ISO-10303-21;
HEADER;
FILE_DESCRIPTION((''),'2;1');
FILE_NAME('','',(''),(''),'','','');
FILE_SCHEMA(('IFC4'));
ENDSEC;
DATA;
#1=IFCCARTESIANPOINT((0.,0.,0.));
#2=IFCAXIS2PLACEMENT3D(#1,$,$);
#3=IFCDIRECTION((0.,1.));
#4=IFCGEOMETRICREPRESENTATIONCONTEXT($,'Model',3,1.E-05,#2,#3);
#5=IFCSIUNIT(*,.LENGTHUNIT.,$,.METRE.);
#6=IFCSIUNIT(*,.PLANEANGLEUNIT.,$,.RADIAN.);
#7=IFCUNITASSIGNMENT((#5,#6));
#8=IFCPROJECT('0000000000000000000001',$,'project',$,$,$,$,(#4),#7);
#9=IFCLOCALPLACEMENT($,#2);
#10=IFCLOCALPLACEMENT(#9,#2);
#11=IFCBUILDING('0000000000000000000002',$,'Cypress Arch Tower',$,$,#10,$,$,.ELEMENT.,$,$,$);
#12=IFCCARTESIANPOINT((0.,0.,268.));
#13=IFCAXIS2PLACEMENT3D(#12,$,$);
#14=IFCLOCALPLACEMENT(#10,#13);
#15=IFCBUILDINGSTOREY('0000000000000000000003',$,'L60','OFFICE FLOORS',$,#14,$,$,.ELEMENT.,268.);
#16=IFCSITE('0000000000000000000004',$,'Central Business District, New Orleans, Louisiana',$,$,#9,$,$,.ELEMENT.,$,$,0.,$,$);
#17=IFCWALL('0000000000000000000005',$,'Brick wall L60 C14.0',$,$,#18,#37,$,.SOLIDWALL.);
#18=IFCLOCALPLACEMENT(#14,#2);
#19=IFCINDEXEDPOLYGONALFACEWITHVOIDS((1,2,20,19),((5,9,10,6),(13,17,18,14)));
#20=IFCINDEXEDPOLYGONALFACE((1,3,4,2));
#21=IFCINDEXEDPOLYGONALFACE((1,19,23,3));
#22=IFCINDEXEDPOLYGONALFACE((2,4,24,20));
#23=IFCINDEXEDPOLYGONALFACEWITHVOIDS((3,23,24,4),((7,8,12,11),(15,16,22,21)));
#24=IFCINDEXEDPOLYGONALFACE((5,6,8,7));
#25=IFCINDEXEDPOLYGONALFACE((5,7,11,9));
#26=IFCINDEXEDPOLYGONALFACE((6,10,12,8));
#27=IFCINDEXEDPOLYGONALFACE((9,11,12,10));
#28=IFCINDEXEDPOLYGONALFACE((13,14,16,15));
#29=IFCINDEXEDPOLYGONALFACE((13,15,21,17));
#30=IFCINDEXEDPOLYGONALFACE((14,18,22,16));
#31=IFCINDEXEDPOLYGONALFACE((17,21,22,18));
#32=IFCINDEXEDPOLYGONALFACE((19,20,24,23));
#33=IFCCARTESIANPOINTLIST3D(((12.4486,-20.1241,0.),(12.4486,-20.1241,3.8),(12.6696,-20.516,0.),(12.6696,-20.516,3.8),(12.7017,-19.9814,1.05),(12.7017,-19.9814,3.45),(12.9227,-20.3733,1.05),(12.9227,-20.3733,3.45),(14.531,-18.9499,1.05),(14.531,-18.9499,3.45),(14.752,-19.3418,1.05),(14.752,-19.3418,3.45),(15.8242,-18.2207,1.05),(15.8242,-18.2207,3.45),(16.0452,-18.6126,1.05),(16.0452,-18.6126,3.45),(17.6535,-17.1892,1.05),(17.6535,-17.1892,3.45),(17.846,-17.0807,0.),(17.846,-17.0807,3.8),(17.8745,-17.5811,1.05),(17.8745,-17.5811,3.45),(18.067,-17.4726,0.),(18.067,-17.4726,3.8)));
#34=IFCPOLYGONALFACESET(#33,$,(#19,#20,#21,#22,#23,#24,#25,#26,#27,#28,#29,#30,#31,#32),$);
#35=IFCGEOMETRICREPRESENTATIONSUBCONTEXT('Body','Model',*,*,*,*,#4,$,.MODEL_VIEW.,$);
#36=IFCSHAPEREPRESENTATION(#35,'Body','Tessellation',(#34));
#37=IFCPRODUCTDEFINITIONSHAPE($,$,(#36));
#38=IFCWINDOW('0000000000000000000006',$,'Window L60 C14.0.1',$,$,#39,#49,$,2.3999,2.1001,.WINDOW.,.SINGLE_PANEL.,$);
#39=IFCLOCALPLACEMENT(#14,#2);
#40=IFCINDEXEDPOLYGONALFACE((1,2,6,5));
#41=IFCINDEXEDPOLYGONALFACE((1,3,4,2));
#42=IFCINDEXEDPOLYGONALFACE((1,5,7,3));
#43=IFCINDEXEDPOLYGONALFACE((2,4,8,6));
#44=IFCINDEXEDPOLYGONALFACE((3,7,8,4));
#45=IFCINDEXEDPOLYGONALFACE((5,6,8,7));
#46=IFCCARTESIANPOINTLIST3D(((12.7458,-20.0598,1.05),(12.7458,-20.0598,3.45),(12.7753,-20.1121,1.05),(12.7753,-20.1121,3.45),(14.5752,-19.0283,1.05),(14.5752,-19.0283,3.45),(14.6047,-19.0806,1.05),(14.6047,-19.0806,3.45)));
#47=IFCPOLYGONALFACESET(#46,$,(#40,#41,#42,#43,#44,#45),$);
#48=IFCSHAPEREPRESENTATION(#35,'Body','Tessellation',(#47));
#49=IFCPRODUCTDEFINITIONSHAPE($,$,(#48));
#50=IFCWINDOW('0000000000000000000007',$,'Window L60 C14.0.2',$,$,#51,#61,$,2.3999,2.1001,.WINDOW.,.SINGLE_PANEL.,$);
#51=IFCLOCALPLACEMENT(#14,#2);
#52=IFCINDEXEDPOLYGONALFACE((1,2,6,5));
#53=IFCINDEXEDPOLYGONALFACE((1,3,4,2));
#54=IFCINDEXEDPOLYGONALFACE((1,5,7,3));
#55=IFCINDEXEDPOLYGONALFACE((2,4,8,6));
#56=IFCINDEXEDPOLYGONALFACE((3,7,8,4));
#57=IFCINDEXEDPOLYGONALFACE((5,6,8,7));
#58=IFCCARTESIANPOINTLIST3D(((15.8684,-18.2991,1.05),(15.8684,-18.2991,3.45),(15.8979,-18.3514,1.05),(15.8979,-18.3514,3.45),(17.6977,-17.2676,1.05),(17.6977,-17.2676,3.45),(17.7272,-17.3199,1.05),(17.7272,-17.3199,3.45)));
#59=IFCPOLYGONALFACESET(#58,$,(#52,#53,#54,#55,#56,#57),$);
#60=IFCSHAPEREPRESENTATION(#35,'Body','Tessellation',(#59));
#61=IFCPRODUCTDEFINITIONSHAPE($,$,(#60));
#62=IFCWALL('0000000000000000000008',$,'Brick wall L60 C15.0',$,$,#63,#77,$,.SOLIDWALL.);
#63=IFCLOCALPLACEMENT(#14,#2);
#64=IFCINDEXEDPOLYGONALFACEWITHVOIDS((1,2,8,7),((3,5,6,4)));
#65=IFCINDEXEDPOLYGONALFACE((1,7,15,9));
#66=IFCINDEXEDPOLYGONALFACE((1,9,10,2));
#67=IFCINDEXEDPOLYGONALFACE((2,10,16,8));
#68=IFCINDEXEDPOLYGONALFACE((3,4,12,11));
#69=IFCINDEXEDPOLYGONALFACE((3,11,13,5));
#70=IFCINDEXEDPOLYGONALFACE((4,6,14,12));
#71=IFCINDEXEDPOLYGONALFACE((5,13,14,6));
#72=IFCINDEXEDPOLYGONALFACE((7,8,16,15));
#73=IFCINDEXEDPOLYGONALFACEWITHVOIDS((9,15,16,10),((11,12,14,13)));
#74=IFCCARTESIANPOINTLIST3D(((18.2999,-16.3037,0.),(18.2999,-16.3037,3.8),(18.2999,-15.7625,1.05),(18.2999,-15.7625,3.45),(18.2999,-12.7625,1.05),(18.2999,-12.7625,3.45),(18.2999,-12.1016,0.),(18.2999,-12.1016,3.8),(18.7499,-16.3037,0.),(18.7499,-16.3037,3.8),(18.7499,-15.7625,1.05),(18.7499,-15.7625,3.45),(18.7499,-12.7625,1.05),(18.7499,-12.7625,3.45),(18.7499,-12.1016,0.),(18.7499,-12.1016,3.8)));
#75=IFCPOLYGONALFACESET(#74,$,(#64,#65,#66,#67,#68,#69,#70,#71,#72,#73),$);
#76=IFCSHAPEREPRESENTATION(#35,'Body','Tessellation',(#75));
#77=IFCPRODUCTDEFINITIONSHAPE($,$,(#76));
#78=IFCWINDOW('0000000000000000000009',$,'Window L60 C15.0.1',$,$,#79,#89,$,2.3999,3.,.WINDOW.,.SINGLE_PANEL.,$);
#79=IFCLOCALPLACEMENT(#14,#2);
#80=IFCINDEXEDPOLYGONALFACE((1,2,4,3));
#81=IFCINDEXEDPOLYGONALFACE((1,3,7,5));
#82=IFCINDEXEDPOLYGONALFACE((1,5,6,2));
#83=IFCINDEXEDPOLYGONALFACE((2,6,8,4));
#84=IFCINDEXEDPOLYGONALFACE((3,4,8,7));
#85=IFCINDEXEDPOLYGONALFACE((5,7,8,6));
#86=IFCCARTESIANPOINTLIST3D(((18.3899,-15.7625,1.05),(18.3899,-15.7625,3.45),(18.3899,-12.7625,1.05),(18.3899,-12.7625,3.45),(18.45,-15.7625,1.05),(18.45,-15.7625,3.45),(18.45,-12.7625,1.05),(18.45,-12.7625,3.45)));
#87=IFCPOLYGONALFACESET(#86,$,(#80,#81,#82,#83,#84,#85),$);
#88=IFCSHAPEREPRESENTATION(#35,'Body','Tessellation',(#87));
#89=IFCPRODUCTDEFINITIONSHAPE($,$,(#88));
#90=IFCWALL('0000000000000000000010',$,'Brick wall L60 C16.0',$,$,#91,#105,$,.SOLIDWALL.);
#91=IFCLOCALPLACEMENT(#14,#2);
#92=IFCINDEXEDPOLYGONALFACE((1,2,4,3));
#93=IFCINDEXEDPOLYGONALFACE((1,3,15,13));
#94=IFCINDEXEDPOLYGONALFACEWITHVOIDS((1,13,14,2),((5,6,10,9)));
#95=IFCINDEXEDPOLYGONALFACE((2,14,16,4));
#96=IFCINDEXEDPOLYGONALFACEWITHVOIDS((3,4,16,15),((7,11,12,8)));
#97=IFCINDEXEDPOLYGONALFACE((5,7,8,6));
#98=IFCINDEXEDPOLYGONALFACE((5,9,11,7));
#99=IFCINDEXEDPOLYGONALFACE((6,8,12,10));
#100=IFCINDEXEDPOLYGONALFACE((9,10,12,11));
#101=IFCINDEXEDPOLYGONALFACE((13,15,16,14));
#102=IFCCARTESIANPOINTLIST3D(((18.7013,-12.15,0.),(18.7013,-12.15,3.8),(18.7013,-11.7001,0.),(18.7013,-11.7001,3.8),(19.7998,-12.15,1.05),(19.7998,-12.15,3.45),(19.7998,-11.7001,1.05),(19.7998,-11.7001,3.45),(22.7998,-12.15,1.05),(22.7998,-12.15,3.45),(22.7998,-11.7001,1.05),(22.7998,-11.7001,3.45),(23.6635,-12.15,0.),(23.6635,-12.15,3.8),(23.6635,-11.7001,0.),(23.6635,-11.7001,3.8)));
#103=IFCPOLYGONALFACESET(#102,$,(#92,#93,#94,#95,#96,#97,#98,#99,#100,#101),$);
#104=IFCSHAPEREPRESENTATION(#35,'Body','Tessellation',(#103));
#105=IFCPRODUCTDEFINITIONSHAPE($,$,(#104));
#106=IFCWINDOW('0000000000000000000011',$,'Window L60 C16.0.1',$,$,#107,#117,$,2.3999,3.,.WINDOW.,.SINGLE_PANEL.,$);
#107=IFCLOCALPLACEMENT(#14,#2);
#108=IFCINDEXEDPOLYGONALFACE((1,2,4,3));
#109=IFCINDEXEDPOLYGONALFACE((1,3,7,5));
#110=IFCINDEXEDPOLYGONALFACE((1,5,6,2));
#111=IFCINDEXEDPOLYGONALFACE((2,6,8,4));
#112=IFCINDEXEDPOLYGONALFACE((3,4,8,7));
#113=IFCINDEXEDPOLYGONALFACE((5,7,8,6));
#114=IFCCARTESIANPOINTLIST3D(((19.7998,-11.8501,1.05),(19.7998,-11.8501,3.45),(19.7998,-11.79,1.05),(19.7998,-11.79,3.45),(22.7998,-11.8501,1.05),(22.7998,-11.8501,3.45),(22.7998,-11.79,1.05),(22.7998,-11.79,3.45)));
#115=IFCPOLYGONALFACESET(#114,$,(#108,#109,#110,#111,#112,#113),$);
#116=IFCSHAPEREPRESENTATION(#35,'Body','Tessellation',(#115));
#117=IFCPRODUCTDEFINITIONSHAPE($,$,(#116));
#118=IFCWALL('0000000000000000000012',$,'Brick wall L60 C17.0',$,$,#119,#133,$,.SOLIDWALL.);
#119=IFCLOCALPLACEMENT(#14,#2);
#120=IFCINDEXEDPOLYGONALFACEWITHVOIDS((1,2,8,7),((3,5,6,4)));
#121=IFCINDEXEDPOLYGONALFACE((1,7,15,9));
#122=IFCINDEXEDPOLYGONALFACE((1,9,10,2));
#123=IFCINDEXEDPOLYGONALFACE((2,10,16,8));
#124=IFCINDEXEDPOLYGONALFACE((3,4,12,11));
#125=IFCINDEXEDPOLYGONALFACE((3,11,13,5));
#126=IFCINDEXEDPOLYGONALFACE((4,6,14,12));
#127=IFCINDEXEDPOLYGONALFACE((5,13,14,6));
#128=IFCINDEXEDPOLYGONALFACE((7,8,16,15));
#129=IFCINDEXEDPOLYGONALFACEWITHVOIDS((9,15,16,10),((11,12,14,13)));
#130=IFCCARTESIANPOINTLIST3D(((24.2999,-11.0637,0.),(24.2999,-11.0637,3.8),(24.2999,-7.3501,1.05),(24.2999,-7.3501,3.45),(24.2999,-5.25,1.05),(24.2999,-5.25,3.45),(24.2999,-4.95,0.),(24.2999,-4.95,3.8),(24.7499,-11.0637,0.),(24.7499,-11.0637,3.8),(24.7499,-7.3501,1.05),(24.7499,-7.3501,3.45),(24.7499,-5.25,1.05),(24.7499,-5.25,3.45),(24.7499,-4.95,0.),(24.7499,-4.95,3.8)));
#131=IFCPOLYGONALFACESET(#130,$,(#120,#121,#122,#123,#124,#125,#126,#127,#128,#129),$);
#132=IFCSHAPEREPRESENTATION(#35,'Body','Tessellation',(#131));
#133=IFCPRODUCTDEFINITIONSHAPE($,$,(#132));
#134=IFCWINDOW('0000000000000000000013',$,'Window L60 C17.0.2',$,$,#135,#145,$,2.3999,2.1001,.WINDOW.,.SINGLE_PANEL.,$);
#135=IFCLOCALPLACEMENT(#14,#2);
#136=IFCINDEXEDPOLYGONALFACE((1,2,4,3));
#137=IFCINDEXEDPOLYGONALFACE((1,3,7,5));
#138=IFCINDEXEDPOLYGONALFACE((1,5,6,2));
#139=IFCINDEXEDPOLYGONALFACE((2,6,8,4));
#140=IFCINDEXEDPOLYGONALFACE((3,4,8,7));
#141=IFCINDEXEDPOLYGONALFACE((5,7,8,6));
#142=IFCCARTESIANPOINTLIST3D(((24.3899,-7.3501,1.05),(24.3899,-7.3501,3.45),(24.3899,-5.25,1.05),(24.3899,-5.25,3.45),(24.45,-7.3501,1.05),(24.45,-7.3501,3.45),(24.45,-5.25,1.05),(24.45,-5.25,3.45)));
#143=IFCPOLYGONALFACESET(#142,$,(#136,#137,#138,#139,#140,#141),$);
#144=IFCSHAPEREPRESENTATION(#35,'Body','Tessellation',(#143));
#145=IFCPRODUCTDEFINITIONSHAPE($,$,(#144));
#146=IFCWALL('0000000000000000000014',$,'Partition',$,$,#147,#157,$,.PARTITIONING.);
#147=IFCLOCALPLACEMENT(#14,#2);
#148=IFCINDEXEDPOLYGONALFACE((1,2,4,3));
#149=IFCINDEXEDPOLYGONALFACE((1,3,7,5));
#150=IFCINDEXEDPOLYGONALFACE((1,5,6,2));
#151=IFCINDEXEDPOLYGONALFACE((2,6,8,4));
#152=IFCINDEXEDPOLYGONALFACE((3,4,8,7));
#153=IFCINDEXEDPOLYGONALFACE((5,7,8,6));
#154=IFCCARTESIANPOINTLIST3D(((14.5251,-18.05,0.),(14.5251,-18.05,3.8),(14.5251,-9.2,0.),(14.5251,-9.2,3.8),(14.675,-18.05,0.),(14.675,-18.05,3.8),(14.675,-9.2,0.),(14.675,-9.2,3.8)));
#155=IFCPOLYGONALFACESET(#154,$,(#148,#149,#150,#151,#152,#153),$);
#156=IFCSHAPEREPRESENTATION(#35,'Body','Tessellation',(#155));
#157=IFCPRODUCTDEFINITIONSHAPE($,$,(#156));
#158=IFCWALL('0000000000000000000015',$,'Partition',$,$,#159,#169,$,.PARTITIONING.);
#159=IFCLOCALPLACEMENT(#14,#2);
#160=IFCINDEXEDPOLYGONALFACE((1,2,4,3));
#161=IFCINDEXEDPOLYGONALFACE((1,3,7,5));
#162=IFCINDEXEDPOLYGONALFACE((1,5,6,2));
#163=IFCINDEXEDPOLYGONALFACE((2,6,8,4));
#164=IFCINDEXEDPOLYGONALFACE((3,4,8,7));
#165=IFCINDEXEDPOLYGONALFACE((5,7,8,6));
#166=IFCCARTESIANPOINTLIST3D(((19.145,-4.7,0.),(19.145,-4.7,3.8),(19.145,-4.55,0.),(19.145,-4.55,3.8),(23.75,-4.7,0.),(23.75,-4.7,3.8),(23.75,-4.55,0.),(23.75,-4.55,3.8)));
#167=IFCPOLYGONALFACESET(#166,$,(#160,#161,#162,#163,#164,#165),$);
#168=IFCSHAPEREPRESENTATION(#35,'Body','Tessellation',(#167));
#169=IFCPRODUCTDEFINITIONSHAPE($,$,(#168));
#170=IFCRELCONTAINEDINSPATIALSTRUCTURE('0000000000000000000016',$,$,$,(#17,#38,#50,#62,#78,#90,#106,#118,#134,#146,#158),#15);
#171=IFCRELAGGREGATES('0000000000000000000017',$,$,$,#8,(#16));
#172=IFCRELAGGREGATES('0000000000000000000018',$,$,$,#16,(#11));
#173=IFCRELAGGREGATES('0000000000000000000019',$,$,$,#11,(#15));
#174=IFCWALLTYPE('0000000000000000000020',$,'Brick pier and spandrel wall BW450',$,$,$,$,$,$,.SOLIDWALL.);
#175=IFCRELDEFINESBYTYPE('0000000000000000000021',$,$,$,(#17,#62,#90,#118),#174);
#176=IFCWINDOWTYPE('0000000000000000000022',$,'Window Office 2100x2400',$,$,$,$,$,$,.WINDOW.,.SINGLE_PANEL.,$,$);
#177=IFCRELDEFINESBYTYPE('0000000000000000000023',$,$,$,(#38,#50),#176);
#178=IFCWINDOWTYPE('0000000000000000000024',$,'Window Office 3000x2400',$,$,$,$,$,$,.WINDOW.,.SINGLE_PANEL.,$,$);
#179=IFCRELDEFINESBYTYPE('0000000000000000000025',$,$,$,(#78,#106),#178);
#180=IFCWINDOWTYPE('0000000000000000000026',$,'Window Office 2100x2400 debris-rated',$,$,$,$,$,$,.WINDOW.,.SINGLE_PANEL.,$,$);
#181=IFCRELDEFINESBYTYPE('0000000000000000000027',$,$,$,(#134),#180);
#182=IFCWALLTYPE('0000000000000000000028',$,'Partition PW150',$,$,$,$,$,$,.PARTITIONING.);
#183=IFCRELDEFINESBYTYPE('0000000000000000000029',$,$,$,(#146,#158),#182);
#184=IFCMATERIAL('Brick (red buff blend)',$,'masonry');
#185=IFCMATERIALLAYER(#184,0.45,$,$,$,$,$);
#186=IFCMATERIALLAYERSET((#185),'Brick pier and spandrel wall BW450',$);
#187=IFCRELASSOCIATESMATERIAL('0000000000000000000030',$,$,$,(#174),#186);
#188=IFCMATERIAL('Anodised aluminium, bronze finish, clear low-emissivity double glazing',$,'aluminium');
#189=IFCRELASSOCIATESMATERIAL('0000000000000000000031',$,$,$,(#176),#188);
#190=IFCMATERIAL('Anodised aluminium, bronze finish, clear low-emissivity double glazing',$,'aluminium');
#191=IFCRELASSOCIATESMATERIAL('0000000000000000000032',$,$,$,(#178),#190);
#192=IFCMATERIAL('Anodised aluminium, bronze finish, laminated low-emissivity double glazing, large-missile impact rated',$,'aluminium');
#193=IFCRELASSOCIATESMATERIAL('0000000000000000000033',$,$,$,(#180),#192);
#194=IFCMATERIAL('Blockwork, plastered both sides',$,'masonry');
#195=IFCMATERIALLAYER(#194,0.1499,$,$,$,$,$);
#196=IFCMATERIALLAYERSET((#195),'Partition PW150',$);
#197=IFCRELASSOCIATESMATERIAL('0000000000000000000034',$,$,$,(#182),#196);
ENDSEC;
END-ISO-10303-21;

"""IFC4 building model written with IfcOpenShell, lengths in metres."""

from ifc_helpers import new_model, si_unit, direction, frame, frame_2d, origin, place, context, subcontext, project, spatial, rectangle, extrude, material, layer, layer_set, type_object, element, fill, save


model = new_model("IFC4")

# Units and contexts
model_context = context("Model", 3, precision=1e-05, world=origin(), true_north=direction((0.0, 1.0)))
body_context = subcontext(model_context, "Body", "Model", "MODEL_VIEW")
ifc_project = project(units=[si_unit("LENGTHUNIT", "METRE"), si_unit("PLANEANGLEUNIT", "RADIAN")], contexts=[model_context])

# Site, building, storey
site_placement = place(None, origin())
site = spatial("IfcSite", under=ifc_project, at=site_placement, Name="Central Business District, New Orleans, Louisiana", CompositionType="ELEMENT", RefElevation=0.0)
building_placement = place(site_placement, origin())
building = spatial("IfcBuilding", under=site, at=building_placement, Name="Cypress Arch Tower", CompositionType="ELEMENT")
storey_placement = place(building_placement, frame((0.0, 0.0, 268.0)))
storey = spatial("IfcBuildingStorey", under=building, at=storey_placement, Name="L60", Description="OFFICE FLOORS", CompositionType="ELEMENT", Elevation=268.0)

# Wall, openings, windows
ifc_material_1 = material(Name="Brick (red buff blend)", Category="masonry")
ifc_layer_1 = layer(ifc_material_1, 0.45)
ifc_layer_set_1 = layer_set([ifc_layer_1], Name="Brick pier and spandrel wall BW450")
wall_type_1 = type_object("IfcWallType", Name="Brick pier and spandrel wall BW450", PredefinedType="SOLIDWALL", material=ifc_layer_set_1)
wall_1_placement = place(storey_placement, frame((12.5591, -20.3201, 0.0), z_axis=(0.0, 0.0, 1.0), x_axis=(0.871066, 0.491166, 0.0)))
wall_1 = element("IfcWall", 1, at=wall_1_placement, inside=storey, type_object=wall_type_1, Name="Brick wall L60 C14.0", PredefinedType="SOLIDWALL", context=body_context, shape_type="SweptSolid", body=[
    extrude(rectangle(XDim=6.1963, YDim=0.45, at=frame_2d((3.0981, 0.0))), origin(), (0.0, 0.0, 1.0), 3.8),
])
opening_1_placement = place(wall_1_placement, frame((0.2905, 0.0, 1.05)))
opening_1 = element("IfcOpeningElement", 2, at=opening_1_placement, cuts=wall_1, PredefinedType="OPENING", context=body_context, shape_type="SweptSolid", body=[
    extrude(rectangle(XDim=2.1001, YDim=2.3999, at=frame_2d((1.05, 1.2))), frame((0.0, 0.2349, 0.0), z_axis=(0.0, -1.0, 0.0), x_axis=(1.0, 0.0, 0.0)), (0.0, 0.0, 1.0), 0.47),
])
opening_2_placement = place(wall_1_placement, frame((3.8752, 0.0, 1.05)))
opening_2 = element("IfcOpeningElement", 3, at=opening_2_placement, cuts=wall_1, PredefinedType="OPENING", context=body_context, shape_type="SweptSolid", body=[
    extrude(rectangle(XDim=2.1001, YDim=2.3999, at=frame_2d((1.05, 1.2))), frame((0.0, 0.2349, 0.0), z_axis=(0.0, -1.0, 0.0), x_axis=(1.0, 0.0, 0.0)), (0.0, 0.0, 1.0), 0.47),
])
ifc_material_2 = material(Name="Anodised aluminium, bronze finish, clear low-emissivity double glazing", Category="aluminium")
window_type_1 = type_object("IfcWindowType", Name="Window Office 2100x2400", PartitioningType="SINGLE_PANEL", PredefinedType="WINDOW", material=ifc_material_2)
window_1_placement = place(opening_1_placement, origin())
window_1 = element("IfcWindow", 4, at=window_1_placement, inside=storey, type_object=window_type_1, Name="Window L60 C14.0.1", OverallHeight=2.3999, OverallWidth=2.1001, PartitioningType="SINGLE_PANEL", PredefinedType="WINDOW", context=body_context, shape_type="SweptSolid", body=[
    extrude(rectangle(XDim=2.1001, YDim=2.3999, at=frame_2d((1.05, 1.2))), frame((0.0, 0.135, 0.0), z_axis=(0.0, -1.0, 0.0), x_axis=(1.0, 0.0, 0.0)), (0.0, 0.0, 1.0), 0.0601),
])
fill(opening_1, window_1)
window_2_placement = place(opening_2_placement, origin())
window_2 = element("IfcWindow", 5, at=window_2_placement, inside=storey, type_object=window_type_1, Name="Window L60 C14.0.2", OverallHeight=2.3999, OverallWidth=2.1001, PartitioningType="SINGLE_PANEL", PredefinedType="WINDOW", context=body_context, shape_type="SweptSolid", body=[
    extrude(rectangle(XDim=2.1001, YDim=2.3999, at=frame_2d((1.05, 1.2))), frame((0.0, 0.135, 0.0), z_axis=(0.0, -1.0, 0.0), x_axis=(1.0, 0.0, 0.0)), (0.0, 0.0, 1.0), 0.0601),
])
fill(opening_2, window_2)

# Walls, openings, windows
wall_2_placement = place(storey_placement, frame((18.5249, -16.3037, 0.0), z_axis=(0.0, 0.0, 1.0), x_axis=(0.0, 1.0, 0.0)))
wall_2 = element("IfcWall", 6, at=wall_2_placement, inside=storey, type_object=wall_type_1, Name="Brick wall L60 C15.0", PredefinedType="SOLIDWALL", context=body_context, shape_type="SweptSolid", body=[
    extrude(rectangle(XDim=4.2021, YDim=0.45, at=frame_2d((2.1011, 0.0))), origin(), (0.0, 0.0, 1.0), 3.8),
])
opening_3_placement = place(wall_2_placement, frame((0.5413, 0.0, 1.05)))
opening_3 = element("IfcOpeningElement", 7, at=opening_3_placement, cuts=wall_2, PredefinedType="OPENING", context=body_context, shape_type="SweptSolid", body=[
    extrude(rectangle(XDim=3.0, YDim=2.3999, at=frame_2d((1.5, 1.2))), frame((0.0, 0.2349, 0.0), z_axis=(0.0, -1.0, 0.0), x_axis=(1.0, 0.0, 0.0)), (0.0, 0.0, 1.0), 0.47),
])
ifc_material_3 = material(Name="Anodised aluminium, bronze finish, clear low-emissivity double glazing", Category="aluminium")
window_type_2 = type_object("IfcWindowType", Name="Window Office 3000x2400", PartitioningType="SINGLE_PANEL", PredefinedType="WINDOW", material=ifc_material_3)
window_3_placement = place(opening_3_placement, origin())
window_3 = element("IfcWindow", 8, at=window_3_placement, inside=storey, type_object=window_type_2, Name="Window L60 C15.0.1", OverallHeight=2.3999, OverallWidth=3.0, PartitioningType="SINGLE_PANEL", PredefinedType="WINDOW", context=body_context, shape_type="SweptSolid", body=[
    extrude(rectangle(XDim=3.0, YDim=2.3999, at=frame_2d((1.5, 1.2))), frame((0.0, 0.135, 0.0), z_axis=(0.0, -1.0, 0.0), x_axis=(1.0, 0.0, 0.0)), (0.0, 0.0, 1.0), 0.0601),
])
fill(opening_3, window_3)
wall_3_placement = place(storey_placement, frame((18.7014, -11.925, 0.0), z_axis=(0.0, 0.0, 1.0), x_axis=(1.0, 0.0, 0.0)))
wall_3 = element("IfcWall", 9, at=wall_3_placement, inside=storey, type_object=wall_type_1, Name="Brick wall L60 C16.0", PredefinedType="SOLIDWALL", context=body_context, shape_type="SweptSolid", body=[
    extrude(rectangle(XDim=4.9622, YDim=0.45, at=frame_2d((2.481, 0.0))), origin(), (0.0, 0.0, 1.0), 3.8),
])
opening_4_placement = place(wall_3_placement, frame((1.0984, 0.0, 1.05)))
opening_4 = element("IfcOpeningElement", 10, at=opening_4_placement, cuts=wall_3, PredefinedType="OPENING", context=body_context, shape_type="SweptSolid", body=[
    extrude(rectangle(XDim=3.0, YDim=2.3999, at=frame_2d((1.5, 1.2))), frame((0.0, 0.2349, 0.0), z_axis=(0.0, -1.0, 0.0), x_axis=(1.0, 0.0, 0.0)), (0.0, 0.0, 1.0), 0.47),
])
window_4_placement = place(opening_4_placement, origin())
window_4 = element("IfcWindow", 11, at=window_4_placement, inside=storey, type_object=window_type_2, Name="Window L60 C16.0.1", OverallHeight=2.3999, OverallWidth=3.0, PartitioningType="SINGLE_PANEL", PredefinedType="WINDOW", context=body_context, shape_type="SweptSolid", body=[
    extrude(rectangle(XDim=3.0, YDim=2.3999, at=frame_2d((1.5, 1.2))), frame((0.0, 0.135, 0.0), z_axis=(0.0, -1.0, 0.0), x_axis=(1.0, 0.0, 0.0)), (0.0, 0.0, 1.0), 0.0601),
])
fill(opening_4, window_4)
wall_4_placement = place(storey_placement, frame((24.5249, -11.0637, 0.0), z_axis=(0.0, 0.0, 1.0), x_axis=(0.0, 1.0, 0.0)))
wall_4 = element("IfcWall", 12, at=wall_4_placement, inside=storey, type_object=wall_type_1, Name="Brick wall L60 C17.0", PredefinedType="SOLIDWALL", context=body_context, shape_type="SweptSolid", body=[
    extrude(rectangle(XDim=6.1138, YDim=0.45, at=frame_2d((3.0569, 0.0))), origin(), (0.0, 0.0, 1.0), 3.8),
])
opening_5_placement = place(wall_4_placement, frame((3.7136, 0.0, 1.05)))
opening_5 = element("IfcOpeningElement", 13, at=opening_5_placement, cuts=wall_4, PredefinedType="OPENING", context=body_context, shape_type="SweptSolid", body=[
    extrude(rectangle(XDim=2.1001, YDim=2.3999, at=frame_2d((1.05, 1.2))), frame((0.0, 0.2349, 0.0), z_axis=(0.0, -1.0, 0.0), x_axis=(1.0, 0.0, 0.0)), (0.0, 0.0, 1.0), 0.47),
])
ifc_material_4 = material(Name="Anodised aluminium, bronze finish, laminated low-emissivity double glazing, large-missile impact rated", Category="aluminium")
window_type_3 = type_object("IfcWindowType", Name="Window Office 2100x2400 debris-rated", PartitioningType="SINGLE_PANEL", PredefinedType="WINDOW", material=ifc_material_4)
window_5_placement = place(opening_5_placement, origin())
window_5 = element("IfcWindow", 14, at=window_5_placement, inside=storey, type_object=window_type_3, Name="Window L60 C17.0.2", OverallHeight=2.3999, OverallWidth=2.1001, PartitioningType="SINGLE_PANEL", PredefinedType="WINDOW", context=body_context, shape_type="SweptSolid", body=[
    extrude(rectangle(XDim=2.1001, YDim=2.3999, at=frame_2d((1.05, 1.2))), frame((0.0, 0.135, 0.0), z_axis=(0.0, -1.0, 0.0), x_axis=(1.0, 0.0, 0.0)), (0.0, 0.0, 1.0), 0.0601),
])
fill(opening_5, window_5)

# Walls
ifc_material_5 = material(Name="Blockwork, plastered both sides", Category="masonry")
ifc_layer_2 = layer(ifc_material_5, 0.1499)
ifc_layer_set_2 = layer_set([ifc_layer_2], Name="Partition PW150")
wall_type_2 = type_object("IfcWallType", Name="Partition PW150", PredefinedType="PARTITIONING", material=ifc_layer_set_2)
wall_5_placement = place(storey_placement, frame((14.6001, -18.05, 0.0), z_axis=(0.0, 0.0, 1.0), x_axis=(0.0, 1.0, 0.0)))
element("IfcWall", 15, at=wall_5_placement, inside=storey, type_object=wall_type_2, Name="Partition", PredefinedType="PARTITIONING", context=body_context, shape_type="SweptSolid", body=[
    extrude(rectangle(XDim=8.8501, YDim=0.1499, at=frame_2d((4.425, 0.0))), origin(), (0.0, 0.0, 1.0), 3.8),
])
wall_6_placement = place(storey_placement, frame((19.145, -4.625, 0.0), z_axis=(0.0, 0.0, 1.0), x_axis=(1.0, 0.0, 0.0)))
element("IfcWall", 16, at=wall_6_placement, inside=storey, type_object=wall_type_2, Name="Partition", PredefinedType="PARTITIONING", context=body_context, shape_type="SweptSolid", body=[
    extrude(rectangle(XDim=4.605, YDim=0.1499, at=frame_2d((2.3025, 0.0))), origin(), (0.0, 0.0, 1.0), 3.8),
])

save(model, "model.ifc")
